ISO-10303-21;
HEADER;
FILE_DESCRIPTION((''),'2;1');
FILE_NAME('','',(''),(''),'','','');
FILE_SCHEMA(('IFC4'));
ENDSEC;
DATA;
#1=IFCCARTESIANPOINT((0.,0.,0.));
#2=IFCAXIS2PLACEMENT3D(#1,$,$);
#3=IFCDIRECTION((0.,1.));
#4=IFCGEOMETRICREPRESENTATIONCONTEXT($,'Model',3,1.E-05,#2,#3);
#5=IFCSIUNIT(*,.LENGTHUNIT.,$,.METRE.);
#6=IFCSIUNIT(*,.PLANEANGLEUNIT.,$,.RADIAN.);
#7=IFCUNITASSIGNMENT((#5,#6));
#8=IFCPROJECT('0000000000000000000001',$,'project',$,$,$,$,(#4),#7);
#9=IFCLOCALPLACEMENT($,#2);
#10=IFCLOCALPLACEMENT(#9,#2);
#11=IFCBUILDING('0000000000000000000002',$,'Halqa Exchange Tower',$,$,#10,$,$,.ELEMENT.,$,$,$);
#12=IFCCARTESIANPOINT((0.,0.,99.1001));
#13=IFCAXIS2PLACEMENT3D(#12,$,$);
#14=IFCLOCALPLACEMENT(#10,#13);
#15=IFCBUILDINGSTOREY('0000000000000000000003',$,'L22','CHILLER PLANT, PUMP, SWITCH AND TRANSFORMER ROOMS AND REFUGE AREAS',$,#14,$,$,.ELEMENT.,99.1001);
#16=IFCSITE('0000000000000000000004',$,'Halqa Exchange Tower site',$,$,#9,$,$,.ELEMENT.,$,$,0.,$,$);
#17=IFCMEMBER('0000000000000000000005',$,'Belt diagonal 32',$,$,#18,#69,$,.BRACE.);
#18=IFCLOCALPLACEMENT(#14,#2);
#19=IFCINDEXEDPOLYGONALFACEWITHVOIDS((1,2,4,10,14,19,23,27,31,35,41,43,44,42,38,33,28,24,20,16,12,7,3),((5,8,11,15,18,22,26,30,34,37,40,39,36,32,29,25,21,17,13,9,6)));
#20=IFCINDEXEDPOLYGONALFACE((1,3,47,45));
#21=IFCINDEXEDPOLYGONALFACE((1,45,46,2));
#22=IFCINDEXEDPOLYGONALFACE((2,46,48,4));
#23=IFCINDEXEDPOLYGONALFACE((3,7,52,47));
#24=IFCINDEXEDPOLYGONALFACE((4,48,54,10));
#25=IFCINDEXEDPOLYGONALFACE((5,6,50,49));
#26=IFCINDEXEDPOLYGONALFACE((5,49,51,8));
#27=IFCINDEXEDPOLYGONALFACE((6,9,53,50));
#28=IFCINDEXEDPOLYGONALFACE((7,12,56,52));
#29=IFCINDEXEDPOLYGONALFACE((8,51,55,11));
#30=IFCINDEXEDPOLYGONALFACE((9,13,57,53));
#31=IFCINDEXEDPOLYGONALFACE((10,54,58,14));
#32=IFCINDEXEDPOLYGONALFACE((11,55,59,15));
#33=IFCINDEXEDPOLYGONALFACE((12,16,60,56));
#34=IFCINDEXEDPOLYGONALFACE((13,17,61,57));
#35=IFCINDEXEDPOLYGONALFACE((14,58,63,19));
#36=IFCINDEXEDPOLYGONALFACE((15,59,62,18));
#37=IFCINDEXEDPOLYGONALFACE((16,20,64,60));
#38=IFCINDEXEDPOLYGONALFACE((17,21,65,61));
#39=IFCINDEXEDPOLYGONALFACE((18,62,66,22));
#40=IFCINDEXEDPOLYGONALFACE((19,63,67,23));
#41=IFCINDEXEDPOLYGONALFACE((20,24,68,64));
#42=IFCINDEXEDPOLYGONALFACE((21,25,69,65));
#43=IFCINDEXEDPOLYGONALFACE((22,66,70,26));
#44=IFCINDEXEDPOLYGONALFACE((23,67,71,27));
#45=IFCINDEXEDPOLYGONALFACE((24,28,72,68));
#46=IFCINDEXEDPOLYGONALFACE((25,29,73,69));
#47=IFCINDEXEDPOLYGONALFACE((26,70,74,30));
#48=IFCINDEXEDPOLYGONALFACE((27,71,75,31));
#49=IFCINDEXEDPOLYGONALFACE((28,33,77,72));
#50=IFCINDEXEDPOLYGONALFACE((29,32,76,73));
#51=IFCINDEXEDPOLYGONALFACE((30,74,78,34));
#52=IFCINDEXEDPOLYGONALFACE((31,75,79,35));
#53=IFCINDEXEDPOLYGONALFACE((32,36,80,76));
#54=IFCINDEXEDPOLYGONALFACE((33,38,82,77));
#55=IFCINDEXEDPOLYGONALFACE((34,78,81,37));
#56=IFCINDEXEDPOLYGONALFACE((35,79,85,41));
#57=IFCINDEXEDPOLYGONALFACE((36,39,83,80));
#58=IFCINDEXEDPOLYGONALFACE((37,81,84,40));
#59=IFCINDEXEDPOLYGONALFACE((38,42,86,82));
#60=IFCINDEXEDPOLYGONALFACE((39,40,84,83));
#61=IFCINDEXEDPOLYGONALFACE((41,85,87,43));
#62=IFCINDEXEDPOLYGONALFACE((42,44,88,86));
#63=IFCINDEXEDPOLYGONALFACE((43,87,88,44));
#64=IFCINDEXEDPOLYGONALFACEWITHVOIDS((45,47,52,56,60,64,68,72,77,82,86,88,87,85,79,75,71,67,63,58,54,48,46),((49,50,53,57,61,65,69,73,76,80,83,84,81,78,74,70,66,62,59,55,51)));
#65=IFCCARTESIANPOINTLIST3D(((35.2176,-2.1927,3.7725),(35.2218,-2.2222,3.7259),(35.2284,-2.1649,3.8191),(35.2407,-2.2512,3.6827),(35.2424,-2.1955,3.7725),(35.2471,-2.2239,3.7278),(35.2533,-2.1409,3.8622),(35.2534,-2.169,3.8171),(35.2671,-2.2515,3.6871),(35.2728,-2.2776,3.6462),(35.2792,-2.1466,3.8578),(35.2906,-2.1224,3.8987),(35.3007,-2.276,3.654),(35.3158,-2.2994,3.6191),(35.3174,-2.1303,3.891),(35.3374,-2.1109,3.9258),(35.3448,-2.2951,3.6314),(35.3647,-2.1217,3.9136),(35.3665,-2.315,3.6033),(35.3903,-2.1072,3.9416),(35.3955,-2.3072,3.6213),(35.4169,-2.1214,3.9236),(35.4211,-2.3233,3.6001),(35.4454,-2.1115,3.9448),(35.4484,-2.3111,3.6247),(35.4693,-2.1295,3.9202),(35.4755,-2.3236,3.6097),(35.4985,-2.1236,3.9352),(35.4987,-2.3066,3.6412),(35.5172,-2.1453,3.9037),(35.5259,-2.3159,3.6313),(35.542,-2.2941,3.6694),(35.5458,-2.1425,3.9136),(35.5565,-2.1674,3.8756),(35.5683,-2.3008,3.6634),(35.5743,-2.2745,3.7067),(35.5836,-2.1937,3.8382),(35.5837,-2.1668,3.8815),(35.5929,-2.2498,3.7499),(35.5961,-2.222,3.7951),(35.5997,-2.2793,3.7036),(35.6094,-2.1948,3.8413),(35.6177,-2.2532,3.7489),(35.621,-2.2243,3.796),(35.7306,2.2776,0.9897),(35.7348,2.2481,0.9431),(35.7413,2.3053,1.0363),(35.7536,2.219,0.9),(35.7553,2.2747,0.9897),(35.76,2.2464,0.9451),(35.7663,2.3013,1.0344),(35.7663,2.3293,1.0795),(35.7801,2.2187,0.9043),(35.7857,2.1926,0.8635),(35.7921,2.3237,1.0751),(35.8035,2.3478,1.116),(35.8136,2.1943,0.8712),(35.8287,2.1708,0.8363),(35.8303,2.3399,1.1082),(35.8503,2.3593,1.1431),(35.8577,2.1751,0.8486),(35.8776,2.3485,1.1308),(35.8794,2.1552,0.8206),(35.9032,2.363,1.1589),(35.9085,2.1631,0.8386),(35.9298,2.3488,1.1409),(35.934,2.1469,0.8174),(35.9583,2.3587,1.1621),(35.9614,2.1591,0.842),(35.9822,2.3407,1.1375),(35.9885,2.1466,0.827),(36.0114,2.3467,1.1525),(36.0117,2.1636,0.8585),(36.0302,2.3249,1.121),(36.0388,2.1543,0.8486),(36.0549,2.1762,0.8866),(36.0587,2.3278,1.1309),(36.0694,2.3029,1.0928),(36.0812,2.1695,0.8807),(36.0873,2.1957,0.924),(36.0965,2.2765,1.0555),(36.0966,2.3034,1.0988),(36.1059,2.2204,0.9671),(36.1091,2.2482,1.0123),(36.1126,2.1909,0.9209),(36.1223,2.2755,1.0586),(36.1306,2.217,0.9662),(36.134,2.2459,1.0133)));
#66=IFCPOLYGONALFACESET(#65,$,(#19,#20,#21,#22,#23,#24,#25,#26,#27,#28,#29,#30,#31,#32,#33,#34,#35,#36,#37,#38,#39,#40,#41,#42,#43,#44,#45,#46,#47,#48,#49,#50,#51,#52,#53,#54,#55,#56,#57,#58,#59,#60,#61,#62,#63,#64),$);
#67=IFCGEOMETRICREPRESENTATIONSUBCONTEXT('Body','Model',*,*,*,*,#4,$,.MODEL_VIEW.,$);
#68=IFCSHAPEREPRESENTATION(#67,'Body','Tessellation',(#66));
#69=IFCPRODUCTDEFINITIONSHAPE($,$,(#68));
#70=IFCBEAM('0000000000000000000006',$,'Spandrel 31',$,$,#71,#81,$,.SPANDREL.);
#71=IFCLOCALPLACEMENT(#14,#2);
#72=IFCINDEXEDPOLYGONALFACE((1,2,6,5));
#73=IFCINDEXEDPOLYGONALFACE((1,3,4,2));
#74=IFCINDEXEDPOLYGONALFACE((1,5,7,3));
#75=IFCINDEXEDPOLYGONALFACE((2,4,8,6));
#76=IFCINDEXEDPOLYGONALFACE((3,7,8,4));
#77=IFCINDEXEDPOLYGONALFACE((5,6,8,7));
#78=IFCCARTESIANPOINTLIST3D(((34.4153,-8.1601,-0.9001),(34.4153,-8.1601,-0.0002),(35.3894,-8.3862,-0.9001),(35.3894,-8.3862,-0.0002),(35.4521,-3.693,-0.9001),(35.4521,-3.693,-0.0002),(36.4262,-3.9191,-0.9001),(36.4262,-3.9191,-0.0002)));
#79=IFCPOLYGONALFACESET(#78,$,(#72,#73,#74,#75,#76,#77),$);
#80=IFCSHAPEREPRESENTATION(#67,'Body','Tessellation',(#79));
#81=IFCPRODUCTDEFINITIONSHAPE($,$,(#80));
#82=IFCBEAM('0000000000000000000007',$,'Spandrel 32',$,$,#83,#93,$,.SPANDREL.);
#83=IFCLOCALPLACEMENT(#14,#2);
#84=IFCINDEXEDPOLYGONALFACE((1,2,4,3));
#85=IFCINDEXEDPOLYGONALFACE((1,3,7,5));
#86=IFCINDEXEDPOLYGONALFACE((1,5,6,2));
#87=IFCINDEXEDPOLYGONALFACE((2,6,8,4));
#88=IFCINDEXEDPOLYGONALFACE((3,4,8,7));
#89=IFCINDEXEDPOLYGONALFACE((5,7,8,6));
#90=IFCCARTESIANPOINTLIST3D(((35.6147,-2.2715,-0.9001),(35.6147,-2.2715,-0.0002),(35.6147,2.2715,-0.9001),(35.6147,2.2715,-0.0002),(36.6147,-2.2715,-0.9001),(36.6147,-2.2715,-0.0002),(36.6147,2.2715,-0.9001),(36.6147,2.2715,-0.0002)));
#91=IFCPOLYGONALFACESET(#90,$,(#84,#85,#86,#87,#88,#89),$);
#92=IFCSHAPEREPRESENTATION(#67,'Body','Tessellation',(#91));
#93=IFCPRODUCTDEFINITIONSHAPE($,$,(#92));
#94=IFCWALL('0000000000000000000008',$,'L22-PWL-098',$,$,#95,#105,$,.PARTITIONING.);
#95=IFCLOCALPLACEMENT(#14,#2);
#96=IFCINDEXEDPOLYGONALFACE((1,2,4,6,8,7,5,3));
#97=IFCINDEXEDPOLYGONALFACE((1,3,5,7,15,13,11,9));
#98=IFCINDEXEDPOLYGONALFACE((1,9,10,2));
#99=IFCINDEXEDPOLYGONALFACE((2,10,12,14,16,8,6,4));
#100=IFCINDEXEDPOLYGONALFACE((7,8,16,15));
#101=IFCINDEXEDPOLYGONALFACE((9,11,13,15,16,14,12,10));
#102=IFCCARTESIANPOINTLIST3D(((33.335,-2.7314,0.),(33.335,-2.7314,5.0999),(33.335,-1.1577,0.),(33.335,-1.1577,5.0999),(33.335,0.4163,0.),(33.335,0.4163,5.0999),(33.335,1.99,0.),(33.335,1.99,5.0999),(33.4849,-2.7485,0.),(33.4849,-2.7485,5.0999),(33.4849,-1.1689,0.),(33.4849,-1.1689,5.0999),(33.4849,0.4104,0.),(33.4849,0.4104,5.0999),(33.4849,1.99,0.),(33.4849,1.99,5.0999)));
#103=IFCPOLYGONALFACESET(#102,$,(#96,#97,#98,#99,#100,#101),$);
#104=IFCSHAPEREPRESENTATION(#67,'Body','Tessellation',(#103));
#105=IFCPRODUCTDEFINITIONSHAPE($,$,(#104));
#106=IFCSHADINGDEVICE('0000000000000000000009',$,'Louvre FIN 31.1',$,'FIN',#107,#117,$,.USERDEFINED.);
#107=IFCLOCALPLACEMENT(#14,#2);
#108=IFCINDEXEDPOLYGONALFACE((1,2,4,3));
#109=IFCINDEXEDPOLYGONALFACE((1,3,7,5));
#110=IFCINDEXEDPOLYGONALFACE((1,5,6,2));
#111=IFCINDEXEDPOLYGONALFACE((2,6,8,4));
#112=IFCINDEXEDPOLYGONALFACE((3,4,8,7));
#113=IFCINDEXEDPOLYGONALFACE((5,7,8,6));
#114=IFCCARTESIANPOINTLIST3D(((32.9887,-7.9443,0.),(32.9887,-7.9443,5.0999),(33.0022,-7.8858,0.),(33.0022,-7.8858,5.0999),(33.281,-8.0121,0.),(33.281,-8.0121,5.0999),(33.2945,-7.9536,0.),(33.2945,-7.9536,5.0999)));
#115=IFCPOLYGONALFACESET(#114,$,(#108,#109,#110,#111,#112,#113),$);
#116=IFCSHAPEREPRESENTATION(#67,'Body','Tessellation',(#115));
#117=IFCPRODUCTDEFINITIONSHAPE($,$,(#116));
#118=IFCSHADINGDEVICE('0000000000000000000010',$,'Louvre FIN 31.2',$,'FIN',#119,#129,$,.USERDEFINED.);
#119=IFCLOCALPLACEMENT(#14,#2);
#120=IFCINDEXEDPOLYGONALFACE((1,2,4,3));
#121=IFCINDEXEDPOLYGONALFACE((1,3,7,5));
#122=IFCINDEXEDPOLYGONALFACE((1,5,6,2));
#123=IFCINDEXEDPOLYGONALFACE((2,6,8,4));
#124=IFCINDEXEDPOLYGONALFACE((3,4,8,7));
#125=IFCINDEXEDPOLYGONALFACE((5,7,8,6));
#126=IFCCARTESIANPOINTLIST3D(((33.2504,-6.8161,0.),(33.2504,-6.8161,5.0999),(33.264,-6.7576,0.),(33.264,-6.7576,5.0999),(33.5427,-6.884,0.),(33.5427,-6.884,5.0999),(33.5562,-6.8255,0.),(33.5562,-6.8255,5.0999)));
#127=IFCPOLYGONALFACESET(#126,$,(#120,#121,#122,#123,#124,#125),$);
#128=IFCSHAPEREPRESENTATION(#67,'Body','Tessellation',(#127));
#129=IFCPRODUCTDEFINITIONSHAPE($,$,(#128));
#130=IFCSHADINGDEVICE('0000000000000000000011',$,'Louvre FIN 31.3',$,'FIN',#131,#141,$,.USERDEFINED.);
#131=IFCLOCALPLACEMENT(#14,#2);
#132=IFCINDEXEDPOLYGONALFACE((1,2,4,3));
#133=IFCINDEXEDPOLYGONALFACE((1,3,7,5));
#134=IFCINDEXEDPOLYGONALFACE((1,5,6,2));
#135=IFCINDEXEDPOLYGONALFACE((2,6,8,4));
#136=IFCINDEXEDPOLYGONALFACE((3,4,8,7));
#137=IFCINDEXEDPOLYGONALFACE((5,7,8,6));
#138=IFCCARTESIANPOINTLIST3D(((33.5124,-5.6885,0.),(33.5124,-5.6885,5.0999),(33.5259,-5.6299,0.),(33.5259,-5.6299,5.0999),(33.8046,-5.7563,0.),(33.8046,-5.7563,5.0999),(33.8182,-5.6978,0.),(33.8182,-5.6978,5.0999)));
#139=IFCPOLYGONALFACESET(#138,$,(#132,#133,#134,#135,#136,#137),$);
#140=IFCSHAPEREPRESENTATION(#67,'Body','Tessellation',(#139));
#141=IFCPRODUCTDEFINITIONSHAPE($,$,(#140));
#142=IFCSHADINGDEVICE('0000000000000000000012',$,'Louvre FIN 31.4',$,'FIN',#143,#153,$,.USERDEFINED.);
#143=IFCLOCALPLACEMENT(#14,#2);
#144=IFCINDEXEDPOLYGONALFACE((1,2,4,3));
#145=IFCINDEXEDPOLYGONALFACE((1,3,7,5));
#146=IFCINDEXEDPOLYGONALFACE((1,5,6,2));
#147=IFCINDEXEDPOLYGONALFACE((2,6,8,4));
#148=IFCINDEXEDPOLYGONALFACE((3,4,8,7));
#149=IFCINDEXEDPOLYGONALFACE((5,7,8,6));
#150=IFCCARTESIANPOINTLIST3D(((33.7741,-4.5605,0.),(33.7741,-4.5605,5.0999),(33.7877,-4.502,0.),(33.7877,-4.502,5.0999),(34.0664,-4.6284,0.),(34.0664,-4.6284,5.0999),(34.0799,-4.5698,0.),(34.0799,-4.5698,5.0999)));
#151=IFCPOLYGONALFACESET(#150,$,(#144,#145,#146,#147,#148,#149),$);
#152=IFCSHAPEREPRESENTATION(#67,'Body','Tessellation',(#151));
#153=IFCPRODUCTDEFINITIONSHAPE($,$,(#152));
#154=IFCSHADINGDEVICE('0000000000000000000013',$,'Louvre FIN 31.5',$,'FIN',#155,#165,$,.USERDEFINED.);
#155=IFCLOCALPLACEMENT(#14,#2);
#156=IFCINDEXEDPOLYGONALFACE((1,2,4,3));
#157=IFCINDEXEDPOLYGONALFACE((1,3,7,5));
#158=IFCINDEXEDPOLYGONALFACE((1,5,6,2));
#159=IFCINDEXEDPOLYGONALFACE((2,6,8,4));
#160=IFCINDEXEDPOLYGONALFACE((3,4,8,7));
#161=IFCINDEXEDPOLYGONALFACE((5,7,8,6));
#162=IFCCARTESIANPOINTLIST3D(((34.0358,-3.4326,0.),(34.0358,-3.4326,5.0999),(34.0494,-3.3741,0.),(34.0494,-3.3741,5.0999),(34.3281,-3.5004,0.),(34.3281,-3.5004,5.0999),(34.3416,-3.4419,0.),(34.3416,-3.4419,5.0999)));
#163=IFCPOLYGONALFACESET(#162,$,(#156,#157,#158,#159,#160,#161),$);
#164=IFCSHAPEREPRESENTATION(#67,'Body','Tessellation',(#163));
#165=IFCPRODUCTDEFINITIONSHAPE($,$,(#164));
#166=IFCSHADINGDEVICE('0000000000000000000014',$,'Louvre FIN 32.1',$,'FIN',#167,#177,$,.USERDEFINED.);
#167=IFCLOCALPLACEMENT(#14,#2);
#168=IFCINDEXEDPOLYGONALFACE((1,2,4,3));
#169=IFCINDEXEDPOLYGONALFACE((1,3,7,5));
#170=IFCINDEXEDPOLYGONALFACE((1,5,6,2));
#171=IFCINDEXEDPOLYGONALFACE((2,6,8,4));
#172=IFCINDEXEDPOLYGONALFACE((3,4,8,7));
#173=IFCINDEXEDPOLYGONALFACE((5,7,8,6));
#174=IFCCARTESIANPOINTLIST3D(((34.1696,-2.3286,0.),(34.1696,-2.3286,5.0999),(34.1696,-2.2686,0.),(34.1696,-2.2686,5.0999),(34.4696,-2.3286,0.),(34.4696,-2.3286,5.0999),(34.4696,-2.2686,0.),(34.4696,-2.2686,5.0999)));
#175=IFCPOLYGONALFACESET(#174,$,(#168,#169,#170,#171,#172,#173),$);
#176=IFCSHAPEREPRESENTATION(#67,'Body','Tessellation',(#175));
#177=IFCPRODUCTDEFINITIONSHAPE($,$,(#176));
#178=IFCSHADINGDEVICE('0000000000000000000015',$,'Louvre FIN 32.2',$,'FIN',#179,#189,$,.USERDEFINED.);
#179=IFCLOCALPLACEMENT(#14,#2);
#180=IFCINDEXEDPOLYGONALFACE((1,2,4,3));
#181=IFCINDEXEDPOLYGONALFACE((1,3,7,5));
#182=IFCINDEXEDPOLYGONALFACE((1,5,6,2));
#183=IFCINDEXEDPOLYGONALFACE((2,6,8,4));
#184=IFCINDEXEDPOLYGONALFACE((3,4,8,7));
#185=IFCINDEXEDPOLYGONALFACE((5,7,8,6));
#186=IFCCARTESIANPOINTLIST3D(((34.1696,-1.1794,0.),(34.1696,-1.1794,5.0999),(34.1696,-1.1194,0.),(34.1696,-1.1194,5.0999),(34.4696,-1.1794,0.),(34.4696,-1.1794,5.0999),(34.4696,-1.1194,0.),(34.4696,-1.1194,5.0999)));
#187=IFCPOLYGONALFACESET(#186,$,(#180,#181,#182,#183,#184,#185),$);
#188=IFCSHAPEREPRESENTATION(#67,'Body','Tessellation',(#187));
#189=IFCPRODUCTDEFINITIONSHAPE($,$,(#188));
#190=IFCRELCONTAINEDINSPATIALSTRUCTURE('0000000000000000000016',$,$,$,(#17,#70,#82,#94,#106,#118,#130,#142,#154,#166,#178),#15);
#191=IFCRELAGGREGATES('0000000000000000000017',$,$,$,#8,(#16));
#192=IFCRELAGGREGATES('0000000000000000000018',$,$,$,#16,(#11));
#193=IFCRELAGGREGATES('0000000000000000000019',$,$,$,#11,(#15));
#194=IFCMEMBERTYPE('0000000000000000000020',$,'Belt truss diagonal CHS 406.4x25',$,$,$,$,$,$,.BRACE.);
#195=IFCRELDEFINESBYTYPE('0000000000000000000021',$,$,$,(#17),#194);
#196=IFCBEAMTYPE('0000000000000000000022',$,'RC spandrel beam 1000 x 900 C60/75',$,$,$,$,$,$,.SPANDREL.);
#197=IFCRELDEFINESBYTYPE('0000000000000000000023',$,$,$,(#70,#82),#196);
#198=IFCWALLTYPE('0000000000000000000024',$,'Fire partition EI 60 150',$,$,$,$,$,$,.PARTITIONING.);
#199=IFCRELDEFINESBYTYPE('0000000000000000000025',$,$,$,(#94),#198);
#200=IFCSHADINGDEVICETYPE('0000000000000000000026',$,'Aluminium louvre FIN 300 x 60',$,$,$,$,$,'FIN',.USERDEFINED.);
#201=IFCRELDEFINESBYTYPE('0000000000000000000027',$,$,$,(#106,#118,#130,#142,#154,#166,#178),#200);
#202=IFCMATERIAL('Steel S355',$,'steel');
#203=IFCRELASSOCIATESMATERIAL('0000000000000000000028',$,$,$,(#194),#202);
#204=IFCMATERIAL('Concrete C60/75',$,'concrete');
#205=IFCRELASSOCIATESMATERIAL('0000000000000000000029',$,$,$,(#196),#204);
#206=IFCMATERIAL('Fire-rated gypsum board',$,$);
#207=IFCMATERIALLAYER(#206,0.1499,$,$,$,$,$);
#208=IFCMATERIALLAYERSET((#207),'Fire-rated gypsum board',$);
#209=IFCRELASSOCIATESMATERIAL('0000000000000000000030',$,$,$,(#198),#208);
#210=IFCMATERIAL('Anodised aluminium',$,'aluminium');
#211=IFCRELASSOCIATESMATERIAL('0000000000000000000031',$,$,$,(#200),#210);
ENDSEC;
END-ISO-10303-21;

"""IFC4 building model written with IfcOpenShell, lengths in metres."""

from ifc_helpers import new_model, si_unit, direction, frame, origin, origin_2d, place, context, subcontext, project, spatial, polyline, rectangle, hollow_circle, outline, extrude, material, layer, layer_set, material_profile, profile_set, type_object, element, save


model = new_model("IFC4")

# Units and contexts
model_context = context("Model", 3, precision=1e-05, world=origin(), true_north=direction((0.0, 1.0)))
body_context = subcontext(model_context, "Body", "Model", "MODEL_VIEW")
ifc_project = project(units=[si_unit("LENGTHUNIT", "METRE"), si_unit("PLANEANGLEUNIT", "RADIAN")], contexts=[model_context])

# Site, building, storey
site_placement = place(None, origin())
site = spatial("IfcSite", under=ifc_project, at=site_placement, Name="Halqa Exchange Tower site", CompositionType="ELEMENT", RefElevation=0.0)
building_placement = place(site_placement, origin())
building = spatial("IfcBuilding", under=site, at=building_placement, Name="Halqa Exchange Tower", CompositionType="ELEMENT")
storey_placement = place(building_placement, frame((0.0, 0.0, 99.1001)))
storey = spatial("IfcBuildingStorey", under=building, at=storey_placement, Name="L22", Description="CHILLER PLANT, PUMP, SWITCH AND TRANSFORMER ROOMS AND REFUGE AREAS", CompositionType="ELEMENT", Elevation=99.1001)

# Member
ifc_material_1 = material(Name="Steel S355", Category="steel")
ifc_material_profile_1 = material_profile(ifc_material_1, hollow_circle(Radius=0.2031, WallThickness=0.0249, at=origin_2d()), Name="CHS 406.4x25")
ifc_profile_set_1 = profile_set([ifc_material_profile_1], Name="Steel S355")
member_type_1 = type_object("IfcMemberType", Name="Belt truss diagonal CHS 406.4x25", PredefinedType="BRACE", material=ifc_profile_set_1)
member_1_placement = place(storey_placement, frame((35.4194, -2.2158, 3.7725), z_axis=(0.096955, 0.844951, -0.525983), x_axis=(-0.993481, 0.113998, 0.0)))
element("IfcMember", 1, at=member_1_placement, inside=storey, type_object=member_type_1, Name="Belt diagonal 32", PredefinedType="BRACE", context=body_context, shape_type="SweptSolid", body=[
    extrude(hollow_circle(Radius=0.2031, WallThickness=0.0249, at=origin_2d()), origin(), (0.0, 0.0, 1.0), 5.2905),
])

# Beams
ifc_material_2 = material(Name="Concrete C60/75", Category="concrete")
ifc_material_profile_2 = material_profile(ifc_material_2, rectangle(XDim=1.0, YDim=0.8999, at=origin_2d()), Name="1000 x 900")
ifc_profile_set_2 = profile_set([ifc_material_profile_2], Name="Concrete C60/75")
beam_type = type_object("IfcBeamType", Name="RC spandrel beam 1000 x 900 C60/75", PredefinedType="SPANDREL", material=ifc_profile_set_2)
beam_1_placement = place(storey_placement, frame((34.9023, -8.2732, -0.4502), z_axis=(0.226092, 0.974106, 0.0), x_axis=(-0.974106, 0.226092, 0.0)))
element("IfcBeam", 2, at=beam_1_placement, inside=storey, type_object=beam_type, Name="Spandrel 31", PredefinedType="SPANDREL", context=body_context, shape_type="SweptSolid", body=[
    extrude(rectangle(XDim=1.0, YDim=0.8999, at=origin_2d()), origin(), (0.0, 0.0, 1.0), 4.5859),
])
beam_2_placement = place(storey_placement, frame((36.1147, -2.2715, -0.4502), z_axis=(0.0, 1.0, 0.0), x_axis=(-1.0, 0.0, 0.0)))
element("IfcBeam", 3, at=beam_2_placement, inside=storey, type_object=beam_type, Name="Spandrel 32", PredefinedType="SPANDREL", context=body_context, shape_type="SweptSolid", body=[
    extrude(rectangle(XDim=1.0, YDim=0.8999, at=origin_2d()), origin(), (0.0, 0.0, 1.0), 4.543),
])

# Wall
ifc_material_3 = material(Name="Fire-rated gypsum board")
ifc_layer_1 = layer(ifc_material_3, 0.1499)
ifc_layer_set_1 = layer_set([ifc_layer_1], Name="Fire-rated gypsum board")
wall_type = type_object("IfcWallType", Name="Fire partition EI 60 150", PredefinedType="PARTITIONING", material=ifc_layer_set_1)
wall_placement = place(storey_placement, frame((33.4099, -2.7485, 0.0), z_axis=(0.0, 0.0, 1.0), x_axis=(0.0, 1.0, 0.0)))
element("IfcWall", 4, at=wall_placement, inside=storey, type_object=wall_type, Name="L22-PWL-098", PredefinedType="PARTITIONING", context=body_context, shape_type="SweptSolid", body=[
    extrude(outline(polyline([(4.7385, 0.075), (3.1648, 0.075), (1.5908, 0.075), (0.0171, 0.075), (0.0, -0.075), (0.0, -0.075), (1.5796, -0.075), (3.1589, -0.075), (4.7385, -0.075), (4.7385, 0.075)])), origin(), (0.0, 0.0, 1.0), 5.0999),
])

# Shading devices
ifc_material_4 = material(Name="Anodised aluminium", Category="aluminium")
ifc_material_profile_3 = material_profile(ifc_material_4, rectangle(XDim=0.3, YDim=0.0601, at=origin_2d()), Name="AL FIN 300x60")
ifc_profile_set_3 = profile_set([ifc_material_profile_3], Name="Anodised aluminium")
shading_device_type = type_object("IfcShadingDeviceType", Name="Aluminium louvre FIN 300 x 60", ElementType="FIN", PredefinedType="USERDEFINED", material=ifc_profile_set_3)
for number, where, z_axis, x_axis, name in (
    (5, (33.1416, -7.949, 0.0), (0.0, 0.0, 1.0), (-0.974112, 0.226066, 0.0), "Louvre FIN 31.1"),
    (6, (33.4033, -6.8208, 0.0), (0.0, 0.0, 1.0), (-0.974112, 0.226066, 0.0), "Louvre FIN 31.2"),
    (7, (33.6653, -5.6931, 0.0), (0.0, 0.0, 1.0), (-0.974112, 0.226066, 0.0), "Louvre FIN 31.3"),
    (8, (33.927, -4.5652, 0.0), (0.0, 0.0, 1.0), (-0.974112, 0.226066, 0.0), "Louvre FIN 31.4"),
    (9, (34.1887, -3.4373, 0.0), (0.0, 0.0, 1.0), (-0.974112, 0.226066, 0.0), "Louvre FIN 31.5"),
    (10, (34.3196, -2.2986, 0.0), (0.0, 0.0, 1.0), (-1.0, 0.0, 0.0), "Louvre FIN 32.1"),
    (11, (34.3196, -1.1494, 0.0), (0.0, 0.0, 1.0), (-1.0, 0.0, 0.0), "Louvre FIN 32.2"),
):
    element("IfcShadingDevice", number, at=place(storey_placement, frame(where, z_axis=z_axis, x_axis=x_axis)), inside=storey, type_object=shading_device_type, Name=name, ObjectType="FIN", PredefinedType="USERDEFINED", context=body_context, shape_type="SweptSolid", body=[
        extrude(rectangle(XDim=0.3, YDim=0.0601, at=origin_2d()), origin(), (0.0, 0.0, 1.0), 5.0999),
    ])

save(model, "model.ifc")
